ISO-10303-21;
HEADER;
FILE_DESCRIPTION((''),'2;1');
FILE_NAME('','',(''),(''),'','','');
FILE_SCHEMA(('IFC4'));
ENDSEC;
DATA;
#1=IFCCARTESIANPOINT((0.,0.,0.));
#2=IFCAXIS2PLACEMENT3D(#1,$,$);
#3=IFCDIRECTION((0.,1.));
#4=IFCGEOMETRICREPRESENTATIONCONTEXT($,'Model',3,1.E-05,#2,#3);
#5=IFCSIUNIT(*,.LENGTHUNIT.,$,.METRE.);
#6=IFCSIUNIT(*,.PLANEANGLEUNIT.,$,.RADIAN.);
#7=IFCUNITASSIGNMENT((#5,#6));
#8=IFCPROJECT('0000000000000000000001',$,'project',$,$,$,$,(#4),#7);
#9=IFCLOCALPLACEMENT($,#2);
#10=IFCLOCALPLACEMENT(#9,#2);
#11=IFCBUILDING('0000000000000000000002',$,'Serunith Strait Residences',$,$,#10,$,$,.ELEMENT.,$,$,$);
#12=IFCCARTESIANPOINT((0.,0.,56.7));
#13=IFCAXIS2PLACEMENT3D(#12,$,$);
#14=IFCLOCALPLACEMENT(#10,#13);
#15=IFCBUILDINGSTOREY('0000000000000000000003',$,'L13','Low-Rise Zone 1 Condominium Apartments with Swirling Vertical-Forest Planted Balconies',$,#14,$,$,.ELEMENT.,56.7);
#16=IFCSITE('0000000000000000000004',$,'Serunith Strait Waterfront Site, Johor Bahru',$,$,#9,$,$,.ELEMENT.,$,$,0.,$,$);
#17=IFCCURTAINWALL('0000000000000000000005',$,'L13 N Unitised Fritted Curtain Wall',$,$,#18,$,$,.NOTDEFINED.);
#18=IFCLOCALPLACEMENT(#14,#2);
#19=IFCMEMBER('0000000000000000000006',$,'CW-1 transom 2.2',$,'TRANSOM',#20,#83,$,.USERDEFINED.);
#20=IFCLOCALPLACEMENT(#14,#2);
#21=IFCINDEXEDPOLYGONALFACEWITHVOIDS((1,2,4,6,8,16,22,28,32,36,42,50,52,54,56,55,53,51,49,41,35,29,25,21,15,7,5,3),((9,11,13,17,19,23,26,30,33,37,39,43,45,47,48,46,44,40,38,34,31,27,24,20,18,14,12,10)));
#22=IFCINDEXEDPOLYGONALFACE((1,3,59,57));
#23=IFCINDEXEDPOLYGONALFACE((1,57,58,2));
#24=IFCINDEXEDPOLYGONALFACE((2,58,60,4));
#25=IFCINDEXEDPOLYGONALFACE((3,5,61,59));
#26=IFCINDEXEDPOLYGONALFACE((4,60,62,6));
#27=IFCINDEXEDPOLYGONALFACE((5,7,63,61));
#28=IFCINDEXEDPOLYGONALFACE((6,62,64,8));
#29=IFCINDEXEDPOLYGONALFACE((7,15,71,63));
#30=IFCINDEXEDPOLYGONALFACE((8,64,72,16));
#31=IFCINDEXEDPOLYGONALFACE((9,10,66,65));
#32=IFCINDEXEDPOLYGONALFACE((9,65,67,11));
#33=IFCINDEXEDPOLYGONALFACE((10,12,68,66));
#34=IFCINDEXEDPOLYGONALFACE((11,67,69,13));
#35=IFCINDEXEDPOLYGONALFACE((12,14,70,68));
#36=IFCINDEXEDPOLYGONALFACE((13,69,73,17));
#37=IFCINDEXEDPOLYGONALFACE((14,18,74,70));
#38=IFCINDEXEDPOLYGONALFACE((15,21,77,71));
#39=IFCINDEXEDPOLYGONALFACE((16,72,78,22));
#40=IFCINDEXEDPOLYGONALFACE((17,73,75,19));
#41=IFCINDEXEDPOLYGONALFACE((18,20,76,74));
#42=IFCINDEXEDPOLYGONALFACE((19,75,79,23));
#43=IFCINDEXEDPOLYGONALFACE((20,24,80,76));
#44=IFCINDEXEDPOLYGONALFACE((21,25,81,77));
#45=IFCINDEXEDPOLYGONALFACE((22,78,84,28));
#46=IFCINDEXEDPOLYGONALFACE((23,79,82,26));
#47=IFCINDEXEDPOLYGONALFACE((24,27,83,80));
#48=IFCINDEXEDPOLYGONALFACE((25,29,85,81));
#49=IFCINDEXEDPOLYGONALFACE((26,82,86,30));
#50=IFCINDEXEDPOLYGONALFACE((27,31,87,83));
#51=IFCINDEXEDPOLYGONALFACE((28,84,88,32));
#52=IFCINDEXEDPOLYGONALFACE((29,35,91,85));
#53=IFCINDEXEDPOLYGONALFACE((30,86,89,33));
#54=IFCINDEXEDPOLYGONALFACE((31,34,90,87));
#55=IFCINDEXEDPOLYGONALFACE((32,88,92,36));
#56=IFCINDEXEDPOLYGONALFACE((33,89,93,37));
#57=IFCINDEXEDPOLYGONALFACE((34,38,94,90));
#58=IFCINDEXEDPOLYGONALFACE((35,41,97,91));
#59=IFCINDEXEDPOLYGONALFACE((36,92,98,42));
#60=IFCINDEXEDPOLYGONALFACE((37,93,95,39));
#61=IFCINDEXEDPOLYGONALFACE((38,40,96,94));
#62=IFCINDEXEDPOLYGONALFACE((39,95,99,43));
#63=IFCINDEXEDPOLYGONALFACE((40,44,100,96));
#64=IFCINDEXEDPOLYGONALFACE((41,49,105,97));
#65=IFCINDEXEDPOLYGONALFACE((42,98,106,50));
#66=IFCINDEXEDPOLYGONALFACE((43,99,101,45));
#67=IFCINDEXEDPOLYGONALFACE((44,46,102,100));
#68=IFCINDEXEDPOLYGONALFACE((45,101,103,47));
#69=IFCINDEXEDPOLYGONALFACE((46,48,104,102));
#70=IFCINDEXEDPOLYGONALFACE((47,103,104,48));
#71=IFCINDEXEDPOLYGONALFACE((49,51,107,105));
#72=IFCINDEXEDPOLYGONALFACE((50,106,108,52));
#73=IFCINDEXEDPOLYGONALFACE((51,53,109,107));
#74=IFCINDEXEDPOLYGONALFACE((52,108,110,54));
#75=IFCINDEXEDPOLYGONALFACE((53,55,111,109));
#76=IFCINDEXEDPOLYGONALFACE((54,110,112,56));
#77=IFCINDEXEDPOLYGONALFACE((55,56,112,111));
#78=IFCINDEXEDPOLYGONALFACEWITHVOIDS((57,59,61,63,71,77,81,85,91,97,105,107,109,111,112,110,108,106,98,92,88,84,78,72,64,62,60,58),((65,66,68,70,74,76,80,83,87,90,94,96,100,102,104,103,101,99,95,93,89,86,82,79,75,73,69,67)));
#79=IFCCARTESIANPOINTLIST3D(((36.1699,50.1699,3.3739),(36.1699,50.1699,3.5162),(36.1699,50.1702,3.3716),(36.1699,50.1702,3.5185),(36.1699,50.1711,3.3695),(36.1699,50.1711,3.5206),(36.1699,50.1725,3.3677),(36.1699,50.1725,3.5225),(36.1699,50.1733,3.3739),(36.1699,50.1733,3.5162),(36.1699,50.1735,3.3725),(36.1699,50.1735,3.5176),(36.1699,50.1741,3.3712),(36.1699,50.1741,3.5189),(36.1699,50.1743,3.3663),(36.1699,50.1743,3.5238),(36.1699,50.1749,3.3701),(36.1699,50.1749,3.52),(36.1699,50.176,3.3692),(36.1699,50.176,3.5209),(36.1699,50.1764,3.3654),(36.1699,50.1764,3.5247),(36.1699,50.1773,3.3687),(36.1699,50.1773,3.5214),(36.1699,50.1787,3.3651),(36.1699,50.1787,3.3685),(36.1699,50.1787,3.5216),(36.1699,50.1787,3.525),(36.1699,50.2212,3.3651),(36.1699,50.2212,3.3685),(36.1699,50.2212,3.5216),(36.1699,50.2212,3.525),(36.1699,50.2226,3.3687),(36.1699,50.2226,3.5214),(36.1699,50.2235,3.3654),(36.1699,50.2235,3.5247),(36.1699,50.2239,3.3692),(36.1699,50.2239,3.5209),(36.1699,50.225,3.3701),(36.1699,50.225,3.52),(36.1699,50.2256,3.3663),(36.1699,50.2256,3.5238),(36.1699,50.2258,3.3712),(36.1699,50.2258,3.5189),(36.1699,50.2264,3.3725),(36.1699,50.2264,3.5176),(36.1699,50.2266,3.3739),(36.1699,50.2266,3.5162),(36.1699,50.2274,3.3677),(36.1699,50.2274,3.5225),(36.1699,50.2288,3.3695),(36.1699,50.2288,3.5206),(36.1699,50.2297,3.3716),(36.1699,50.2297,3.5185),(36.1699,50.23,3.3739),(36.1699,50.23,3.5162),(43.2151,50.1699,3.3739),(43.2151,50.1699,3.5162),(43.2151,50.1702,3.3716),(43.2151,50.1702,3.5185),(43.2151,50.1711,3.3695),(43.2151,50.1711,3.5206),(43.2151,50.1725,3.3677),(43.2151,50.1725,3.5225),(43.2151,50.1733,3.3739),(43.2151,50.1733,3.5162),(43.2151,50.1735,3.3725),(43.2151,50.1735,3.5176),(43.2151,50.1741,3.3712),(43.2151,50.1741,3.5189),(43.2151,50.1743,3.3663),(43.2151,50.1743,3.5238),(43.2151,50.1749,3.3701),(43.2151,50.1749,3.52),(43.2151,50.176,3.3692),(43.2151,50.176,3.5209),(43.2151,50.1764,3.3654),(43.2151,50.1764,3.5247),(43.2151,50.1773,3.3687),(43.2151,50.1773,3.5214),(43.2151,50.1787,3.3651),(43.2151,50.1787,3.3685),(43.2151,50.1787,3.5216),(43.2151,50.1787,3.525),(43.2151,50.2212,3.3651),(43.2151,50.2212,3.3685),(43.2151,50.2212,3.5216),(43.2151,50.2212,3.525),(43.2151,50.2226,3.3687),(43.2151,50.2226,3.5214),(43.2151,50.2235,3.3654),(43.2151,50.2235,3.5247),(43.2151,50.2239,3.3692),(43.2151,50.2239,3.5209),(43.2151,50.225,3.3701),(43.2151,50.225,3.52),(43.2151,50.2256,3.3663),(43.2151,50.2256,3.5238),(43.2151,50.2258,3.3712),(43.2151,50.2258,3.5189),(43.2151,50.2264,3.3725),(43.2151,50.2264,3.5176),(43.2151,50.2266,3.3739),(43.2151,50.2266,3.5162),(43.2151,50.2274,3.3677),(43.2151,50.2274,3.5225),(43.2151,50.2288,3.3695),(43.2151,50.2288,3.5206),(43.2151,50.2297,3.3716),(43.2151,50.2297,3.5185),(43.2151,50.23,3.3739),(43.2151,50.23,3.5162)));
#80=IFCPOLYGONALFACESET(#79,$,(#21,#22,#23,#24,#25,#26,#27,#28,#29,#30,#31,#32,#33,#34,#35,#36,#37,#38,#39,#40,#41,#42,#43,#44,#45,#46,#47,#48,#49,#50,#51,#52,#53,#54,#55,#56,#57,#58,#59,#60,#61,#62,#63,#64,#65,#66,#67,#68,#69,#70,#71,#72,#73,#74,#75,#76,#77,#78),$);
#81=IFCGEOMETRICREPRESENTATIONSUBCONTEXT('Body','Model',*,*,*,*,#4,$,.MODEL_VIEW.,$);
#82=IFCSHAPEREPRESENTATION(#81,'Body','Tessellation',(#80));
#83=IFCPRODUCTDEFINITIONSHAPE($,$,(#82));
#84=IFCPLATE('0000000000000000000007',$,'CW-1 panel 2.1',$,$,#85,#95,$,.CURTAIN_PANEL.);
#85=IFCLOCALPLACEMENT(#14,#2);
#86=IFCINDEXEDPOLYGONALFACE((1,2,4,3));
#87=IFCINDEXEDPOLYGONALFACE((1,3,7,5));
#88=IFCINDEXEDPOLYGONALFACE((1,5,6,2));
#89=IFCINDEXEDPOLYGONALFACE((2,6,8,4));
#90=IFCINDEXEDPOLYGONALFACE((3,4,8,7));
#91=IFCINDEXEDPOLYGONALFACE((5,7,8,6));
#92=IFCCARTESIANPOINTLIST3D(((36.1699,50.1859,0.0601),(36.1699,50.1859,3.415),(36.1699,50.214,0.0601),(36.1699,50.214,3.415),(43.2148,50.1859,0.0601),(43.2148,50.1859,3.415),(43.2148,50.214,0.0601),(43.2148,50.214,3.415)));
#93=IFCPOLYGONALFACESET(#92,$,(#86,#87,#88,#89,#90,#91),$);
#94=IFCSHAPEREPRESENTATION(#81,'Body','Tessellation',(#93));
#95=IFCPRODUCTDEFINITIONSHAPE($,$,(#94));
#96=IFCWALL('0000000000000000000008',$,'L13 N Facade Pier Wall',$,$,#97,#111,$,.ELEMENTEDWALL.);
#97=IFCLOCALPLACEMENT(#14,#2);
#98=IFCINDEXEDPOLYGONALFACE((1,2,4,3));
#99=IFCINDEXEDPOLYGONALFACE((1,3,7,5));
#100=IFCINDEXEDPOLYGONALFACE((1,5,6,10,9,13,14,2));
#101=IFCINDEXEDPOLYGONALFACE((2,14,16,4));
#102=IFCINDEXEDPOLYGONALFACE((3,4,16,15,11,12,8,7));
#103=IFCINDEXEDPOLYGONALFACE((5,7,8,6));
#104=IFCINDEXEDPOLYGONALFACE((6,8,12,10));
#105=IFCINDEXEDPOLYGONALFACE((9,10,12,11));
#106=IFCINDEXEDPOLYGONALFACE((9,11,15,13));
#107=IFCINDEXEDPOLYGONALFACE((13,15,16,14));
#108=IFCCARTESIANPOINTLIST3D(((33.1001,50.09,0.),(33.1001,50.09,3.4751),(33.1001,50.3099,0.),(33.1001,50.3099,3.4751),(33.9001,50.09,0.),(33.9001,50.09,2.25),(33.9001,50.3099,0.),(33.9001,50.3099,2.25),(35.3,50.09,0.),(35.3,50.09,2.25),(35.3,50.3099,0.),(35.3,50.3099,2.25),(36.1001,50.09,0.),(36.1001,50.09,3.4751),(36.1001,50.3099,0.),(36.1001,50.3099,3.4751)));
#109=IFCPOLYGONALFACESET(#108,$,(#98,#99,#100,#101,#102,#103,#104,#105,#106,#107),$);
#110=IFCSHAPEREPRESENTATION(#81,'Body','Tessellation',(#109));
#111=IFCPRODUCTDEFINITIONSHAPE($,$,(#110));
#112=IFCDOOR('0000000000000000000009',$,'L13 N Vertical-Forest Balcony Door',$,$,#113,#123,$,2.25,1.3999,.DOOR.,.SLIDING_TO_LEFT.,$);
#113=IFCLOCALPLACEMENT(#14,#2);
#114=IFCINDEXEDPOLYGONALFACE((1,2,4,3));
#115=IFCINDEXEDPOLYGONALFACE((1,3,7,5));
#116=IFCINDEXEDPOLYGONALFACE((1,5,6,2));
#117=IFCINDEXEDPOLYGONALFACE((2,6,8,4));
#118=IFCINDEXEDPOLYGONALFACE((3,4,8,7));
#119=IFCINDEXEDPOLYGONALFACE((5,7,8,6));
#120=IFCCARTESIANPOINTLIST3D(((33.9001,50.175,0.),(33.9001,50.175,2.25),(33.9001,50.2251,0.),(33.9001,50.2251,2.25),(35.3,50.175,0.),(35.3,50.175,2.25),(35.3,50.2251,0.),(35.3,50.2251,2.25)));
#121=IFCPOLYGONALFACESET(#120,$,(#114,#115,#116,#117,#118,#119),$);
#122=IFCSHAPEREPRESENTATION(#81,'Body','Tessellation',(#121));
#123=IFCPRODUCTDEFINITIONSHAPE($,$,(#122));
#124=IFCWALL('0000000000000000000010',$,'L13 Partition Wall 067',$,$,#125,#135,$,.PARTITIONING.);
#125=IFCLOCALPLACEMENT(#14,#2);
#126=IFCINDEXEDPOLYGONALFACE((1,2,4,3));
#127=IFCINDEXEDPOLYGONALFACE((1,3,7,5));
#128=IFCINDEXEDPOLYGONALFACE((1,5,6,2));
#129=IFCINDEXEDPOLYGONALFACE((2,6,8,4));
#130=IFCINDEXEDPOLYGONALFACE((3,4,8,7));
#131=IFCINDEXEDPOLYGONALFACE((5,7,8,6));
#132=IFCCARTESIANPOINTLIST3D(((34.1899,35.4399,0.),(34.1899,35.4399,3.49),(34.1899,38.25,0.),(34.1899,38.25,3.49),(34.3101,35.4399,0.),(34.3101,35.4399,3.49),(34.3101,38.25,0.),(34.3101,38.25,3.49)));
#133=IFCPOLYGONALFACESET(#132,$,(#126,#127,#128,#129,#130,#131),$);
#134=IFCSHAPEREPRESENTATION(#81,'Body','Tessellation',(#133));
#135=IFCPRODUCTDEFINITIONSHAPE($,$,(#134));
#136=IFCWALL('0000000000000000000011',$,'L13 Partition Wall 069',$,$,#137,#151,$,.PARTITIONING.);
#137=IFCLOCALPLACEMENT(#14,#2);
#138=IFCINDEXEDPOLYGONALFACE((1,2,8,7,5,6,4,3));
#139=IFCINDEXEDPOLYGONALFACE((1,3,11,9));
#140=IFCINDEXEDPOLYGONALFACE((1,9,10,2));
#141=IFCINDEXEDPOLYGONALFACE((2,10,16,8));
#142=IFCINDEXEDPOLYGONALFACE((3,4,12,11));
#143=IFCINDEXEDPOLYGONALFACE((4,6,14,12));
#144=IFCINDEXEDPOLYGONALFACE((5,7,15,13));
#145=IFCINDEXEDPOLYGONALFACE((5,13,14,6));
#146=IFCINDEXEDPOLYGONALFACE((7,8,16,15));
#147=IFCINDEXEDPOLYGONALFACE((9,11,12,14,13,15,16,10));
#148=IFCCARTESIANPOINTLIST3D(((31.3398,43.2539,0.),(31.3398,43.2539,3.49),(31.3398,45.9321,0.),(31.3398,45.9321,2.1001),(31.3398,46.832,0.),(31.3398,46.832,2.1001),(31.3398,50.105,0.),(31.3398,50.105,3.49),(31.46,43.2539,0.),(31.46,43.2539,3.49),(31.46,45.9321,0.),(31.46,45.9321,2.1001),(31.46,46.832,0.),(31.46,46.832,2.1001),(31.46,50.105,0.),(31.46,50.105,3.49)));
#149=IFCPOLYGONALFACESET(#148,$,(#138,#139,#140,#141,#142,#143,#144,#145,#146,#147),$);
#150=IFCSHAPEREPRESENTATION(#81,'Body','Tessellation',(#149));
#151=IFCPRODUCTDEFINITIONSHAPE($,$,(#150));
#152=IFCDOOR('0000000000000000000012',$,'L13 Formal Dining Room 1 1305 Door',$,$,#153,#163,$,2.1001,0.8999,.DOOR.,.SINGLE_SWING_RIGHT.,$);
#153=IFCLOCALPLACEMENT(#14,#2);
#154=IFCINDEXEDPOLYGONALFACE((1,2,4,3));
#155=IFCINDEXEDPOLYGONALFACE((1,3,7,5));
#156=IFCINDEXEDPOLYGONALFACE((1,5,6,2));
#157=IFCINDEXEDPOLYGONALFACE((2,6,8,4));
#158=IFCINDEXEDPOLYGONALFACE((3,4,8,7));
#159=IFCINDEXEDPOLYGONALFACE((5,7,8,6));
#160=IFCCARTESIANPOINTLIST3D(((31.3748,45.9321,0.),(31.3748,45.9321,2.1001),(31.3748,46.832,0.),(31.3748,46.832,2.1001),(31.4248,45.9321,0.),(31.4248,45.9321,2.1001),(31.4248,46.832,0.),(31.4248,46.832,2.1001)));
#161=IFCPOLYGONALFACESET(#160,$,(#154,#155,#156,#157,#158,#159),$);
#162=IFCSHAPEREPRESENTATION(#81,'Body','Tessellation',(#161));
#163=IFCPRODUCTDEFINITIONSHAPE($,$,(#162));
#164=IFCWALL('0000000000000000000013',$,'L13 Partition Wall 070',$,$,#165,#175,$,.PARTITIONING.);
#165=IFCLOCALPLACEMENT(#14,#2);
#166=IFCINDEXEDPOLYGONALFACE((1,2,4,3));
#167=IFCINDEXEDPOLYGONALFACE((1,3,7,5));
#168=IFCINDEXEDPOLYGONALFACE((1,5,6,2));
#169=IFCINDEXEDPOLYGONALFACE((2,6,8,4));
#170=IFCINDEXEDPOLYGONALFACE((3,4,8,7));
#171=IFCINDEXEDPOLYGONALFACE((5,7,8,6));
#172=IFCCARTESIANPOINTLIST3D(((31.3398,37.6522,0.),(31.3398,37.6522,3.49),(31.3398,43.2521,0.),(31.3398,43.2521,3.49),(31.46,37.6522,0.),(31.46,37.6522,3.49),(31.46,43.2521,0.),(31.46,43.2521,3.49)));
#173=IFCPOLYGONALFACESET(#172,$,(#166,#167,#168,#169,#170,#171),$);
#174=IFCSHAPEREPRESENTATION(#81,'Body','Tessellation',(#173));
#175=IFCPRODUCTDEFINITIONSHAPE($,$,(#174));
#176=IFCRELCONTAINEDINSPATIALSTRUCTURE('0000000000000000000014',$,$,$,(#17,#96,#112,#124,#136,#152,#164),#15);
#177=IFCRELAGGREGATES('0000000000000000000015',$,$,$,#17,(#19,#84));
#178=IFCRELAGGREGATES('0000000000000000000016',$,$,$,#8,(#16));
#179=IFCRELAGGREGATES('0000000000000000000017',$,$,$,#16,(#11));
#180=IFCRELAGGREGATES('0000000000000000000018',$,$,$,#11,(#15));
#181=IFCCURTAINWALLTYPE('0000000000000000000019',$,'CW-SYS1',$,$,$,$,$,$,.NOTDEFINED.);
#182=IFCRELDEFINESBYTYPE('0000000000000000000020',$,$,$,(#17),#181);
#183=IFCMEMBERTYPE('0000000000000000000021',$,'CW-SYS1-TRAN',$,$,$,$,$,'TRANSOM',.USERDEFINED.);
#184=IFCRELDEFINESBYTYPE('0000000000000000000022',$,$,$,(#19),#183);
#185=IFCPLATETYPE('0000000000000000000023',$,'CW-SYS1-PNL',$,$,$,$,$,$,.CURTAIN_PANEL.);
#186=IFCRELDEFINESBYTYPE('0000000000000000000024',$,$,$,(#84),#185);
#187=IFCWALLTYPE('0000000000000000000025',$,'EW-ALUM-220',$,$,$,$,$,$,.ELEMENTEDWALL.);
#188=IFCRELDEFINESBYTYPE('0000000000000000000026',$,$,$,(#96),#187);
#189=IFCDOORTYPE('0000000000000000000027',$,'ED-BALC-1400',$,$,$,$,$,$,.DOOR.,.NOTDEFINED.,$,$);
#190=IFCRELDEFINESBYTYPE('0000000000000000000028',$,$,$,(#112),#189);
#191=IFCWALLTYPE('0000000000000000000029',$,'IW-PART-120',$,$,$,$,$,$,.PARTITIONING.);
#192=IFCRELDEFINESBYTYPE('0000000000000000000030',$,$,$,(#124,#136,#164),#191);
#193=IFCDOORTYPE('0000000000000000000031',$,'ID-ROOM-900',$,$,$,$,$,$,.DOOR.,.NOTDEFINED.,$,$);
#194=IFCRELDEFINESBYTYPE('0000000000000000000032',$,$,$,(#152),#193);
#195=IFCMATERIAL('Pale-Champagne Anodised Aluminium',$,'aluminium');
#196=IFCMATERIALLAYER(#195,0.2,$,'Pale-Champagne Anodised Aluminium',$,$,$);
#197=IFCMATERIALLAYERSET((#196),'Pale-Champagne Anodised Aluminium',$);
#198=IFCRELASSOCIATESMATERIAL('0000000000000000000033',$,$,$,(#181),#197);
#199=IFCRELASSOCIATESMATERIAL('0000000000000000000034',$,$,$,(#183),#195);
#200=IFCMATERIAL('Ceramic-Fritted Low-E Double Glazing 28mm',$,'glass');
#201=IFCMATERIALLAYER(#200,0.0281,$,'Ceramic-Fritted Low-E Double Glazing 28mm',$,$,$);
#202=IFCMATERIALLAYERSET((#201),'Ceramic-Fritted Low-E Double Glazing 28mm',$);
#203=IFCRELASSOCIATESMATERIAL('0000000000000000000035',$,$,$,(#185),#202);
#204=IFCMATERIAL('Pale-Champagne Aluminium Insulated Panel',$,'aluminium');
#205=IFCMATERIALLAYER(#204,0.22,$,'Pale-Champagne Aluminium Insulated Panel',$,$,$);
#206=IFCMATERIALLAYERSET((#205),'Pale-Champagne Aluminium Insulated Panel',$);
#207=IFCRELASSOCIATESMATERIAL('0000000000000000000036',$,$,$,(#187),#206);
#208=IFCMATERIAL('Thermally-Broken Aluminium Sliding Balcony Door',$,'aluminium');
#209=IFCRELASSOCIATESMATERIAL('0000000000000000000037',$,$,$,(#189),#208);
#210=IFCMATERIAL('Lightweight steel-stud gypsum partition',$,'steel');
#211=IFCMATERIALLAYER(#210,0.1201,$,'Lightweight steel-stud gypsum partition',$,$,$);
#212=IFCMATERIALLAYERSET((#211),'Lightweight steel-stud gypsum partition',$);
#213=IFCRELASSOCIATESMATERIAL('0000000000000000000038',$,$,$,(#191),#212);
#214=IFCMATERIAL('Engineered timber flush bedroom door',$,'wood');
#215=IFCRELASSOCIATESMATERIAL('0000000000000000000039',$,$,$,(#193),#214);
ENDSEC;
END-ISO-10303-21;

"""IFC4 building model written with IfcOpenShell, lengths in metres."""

from ifc_helpers import new_model, si_unit, direction, frame, frame_2d, origin, origin_2d, place, context, subcontext, project, spatial, rectangle, hollow_rectangle, extrude, source, transform, mapped, material, layer, layer_set, material_profile, profile_set, type_object, element, fill, aggregate, save


model = new_model("IFC4")

# Units and contexts
model_context = context("Model", 3, precision=1e-05, world=origin(), true_north=direction((0.0, 1.0)))
body_context = subcontext(model_context, "Body", "Model", "MODEL_VIEW")
ifc_project = project(units=[si_unit("LENGTHUNIT", "METRE"), si_unit("PLANEANGLEUNIT", "RADIAN")], contexts=[model_context])

# Site, building, storey
site_placement = place(None, origin())
site = spatial("IfcSite", under=ifc_project, at=site_placement, Name="Serunith Strait Waterfront Site, Johor Bahru", CompositionType="ELEMENT", RefElevation=0.0)
building_placement = place(site_placement, origin())
building = spatial("IfcBuilding", under=site, at=building_placement, Name="Serunith Strait Residences", CompositionType="ELEMENT")
storey_placement = place(building_placement, frame((0.0, 0.0, 56.7)))
storey = spatial("IfcBuildingStorey", under=building, at=storey_placement, Name="L13", Description="Low-Rise Zone 1 Condominium Apartments with Swirling Vertical-Forest Planted Balconies", CompositionType="ELEMENT", Elevation=56.7)

# Curtain wall
ifc_material_1 = material(Name="Pale-Champagne Anodised Aluminium", Category="aluminium")
ifc_layer_1 = layer(ifc_material_1, 0.2, Name="Pale-Champagne Anodised Aluminium")
ifc_layer_set_1 = layer_set([ifc_layer_1], Name="Pale-Champagne Anodised Aluminium")
curtain_wall_type = type_object("IfcCurtainWallType", Name="CW-SYS1", PredefinedType="NOTDEFINED", material=ifc_layer_set_1)
curtain_wall_1_placement = place(storey_placement, origin())
curtain_wall_1 = element("IfcCurtainWall", 1, at=curtain_wall_1_placement, inside=storey, type_object=curtain_wall_type, Name="L13 N Unitised Fritted Curtain Wall", PredefinedType="NOTDEFINED")
ifc_material_profile_1 = material_profile(ifc_material_1, hollow_rectangle(XDim=0.0601, YDim=0.1599, WallThickness=0.0034, InnerFilletRadius=0.0054, OuterFilletRadius=0.0088, at=origin_2d()), Name="ALU 160x60x3.5")
ifc_profile_set_1 = profile_set([ifc_material_profile_1], Name="Pale-Champagne Anodised Aluminium")
member_type_1 = type_object("IfcMemberType", Name="CW-SYS1-TRAN", ElementType="TRANSOM", PredefinedType="USERDEFINED", material=ifc_profile_set_1)

# Member
shared_shape_1 = source(origin(), body_context, "Body", "SweptSolid", [
    extrude(hollow_rectangle(XDim=0.0601, YDim=0.1599, WallThickness=0.0034, InnerFilletRadius=0.0054, OuterFilletRadius=0.0088, at=origin_2d()), origin(), (0.0, 0.0, 1.0), 7.0452),
])
member_1_placement = place(storey_placement, frame((43.2151, 50.2, 3.4451), z_axis=(-1.0, 0.0, 0.0), x_axis=(0.0, -1.0, 0.0)))
member_1 = element("IfcMember", 2, at=member_1_placement, type_object=member_type_1, Name="CW-1 transom 2.2", ObjectType="TRANSOM", PredefinedType="USERDEFINED", context=body_context, shape_type="MappedRepresentation", body=[
    mapped(shared_shape_1, transform((0.0, 0.0, 0.0), scale=1.0)),
])

# Plate
ifc_material_2 = material(Name="Ceramic-Fritted Low-E Double Glazing 28mm", Category="glass")
ifc_layer_2 = layer(ifc_material_2, 0.0281, Name="Ceramic-Fritted Low-E Double Glazing 28mm")
ifc_layer_set_2 = layer_set([ifc_layer_2], Name="Ceramic-Fritted Low-E Double Glazing 28mm")
plate_type = type_object("IfcPlateType", Name="CW-SYS1-PNL", PredefinedType="CURTAIN_PANEL", material=ifc_layer_set_2)
shared_shape_2 = source(origin(), body_context, "Body", "SweptSolid", [
    extrude(rectangle(XDim=7.0449, YDim=0.0281, at=origin_2d()), origin(), (0.0, 0.0, 1.0), 3.355),
])
plate_placement = place(storey_placement, frame((39.6924, 50.2, 0.0601), z_axis=(0.0, 0.0, 1.0), x_axis=(-1.0, 0.0, 0.0)))
plate = element("IfcPlate", 3, at=plate_placement, type_object=plate_type, Name="CW-1 panel 2.1", PredefinedType="CURTAIN_PANEL", context=body_context, shape_type="MappedRepresentation", body=[
    mapped(shared_shape_2, transform((0.0, 0.0, 0.0), scale=1.0)),
])
aggregate(curtain_wall_1, [member_1, plate])

# Wall, opening, door
ifc_material_3 = material(Name="Pale-Champagne Aluminium Insulated Panel", Category="aluminium")
ifc_layer_3 = layer(ifc_material_3, 0.22, Name="Pale-Champagne Aluminium Insulated Panel")
ifc_layer_set_3 = layer_set([ifc_layer_3], Name="Pale-Champagne Aluminium Insulated Panel")
wall_type_1 = type_object("IfcWallType", Name="EW-ALUM-220", PredefinedType="ELEMENTEDWALL", material=ifc_layer_set_3)
wall_1_placement = place(storey_placement, frame((36.1001, 50.2, 0.0), z_axis=(0.0, 0.0, 1.0), x_axis=(-1.0, 0.0, 0.0)))
wall_1 = element("IfcWall", 4, at=wall_1_placement, inside=storey, type_object=wall_type_1, Name="L13 N Facade Pier Wall", PredefinedType="ELEMENTEDWALL", context=body_context, shape_type="SweptSolid", body=[
    extrude(rectangle(XDim=3.0, YDim=0.22, at=frame_2d((1.5, 0.0))), origin(), (0.0, 0.0, 1.0), 3.4751),
])
opening_1_placement = place(wall_1_placement, frame((0.8, 0.0, 0.0)))
opening_1 = element("IfcOpeningElement", 5, at=opening_1_placement, cuts=wall_1, PredefinedType="OPENING", context=body_context, shape_type="SweptSolid", body=[
    extrude(rectangle(XDim=1.3999, YDim=2.25, at=frame_2d((0.7, 1.125))), frame((0.0, 0.1201, 0.0), z_axis=(0.0, -1.0, 0.0), x_axis=(1.0, 0.0, 0.0)), (0.0, 0.0, 1.0), 0.24),
])
ifc_material_4 = material(Name="Thermally-Broken Aluminium Sliding Balcony Door", Category="aluminium")
door_type_1 = type_object("IfcDoorType", Name="ED-BALC-1400", OperationType="NOTDEFINED", PredefinedType="DOOR", material=ifc_material_4)
shared_shape_3 = source(origin(), body_context, "Body", "SweptSolid", [
    extrude(rectangle(XDim=1.3999, YDim=2.25, at=frame_2d((0.7, 1.125))), frame((0.0, 0.0249, 0.0), z_axis=(0.0, -1.0, 0.0), x_axis=(1.0, 0.0, 0.0)), (0.0, 0.0, 1.0), 0.05),
])
door_1_placement = place(opening_1_placement, origin())
door_1 = element("IfcDoor", 6, at=door_1_placement, inside=storey, type_object=door_type_1, Name="L13 N Vertical-Forest Balcony Door", OperationType="SLIDING_TO_LEFT", OverallHeight=2.25, OverallWidth=1.3999, PredefinedType="DOOR", context=body_context, shape_type="MappedRepresentation", body=[
    mapped(shared_shape_3, transform((0.0, 0.0, 0.0), scale=1.0)),
])
fill(opening_1, door_1)

# Wall
ifc_material_5 = material(Name="Lightweight steel-stud gypsum partition", Category="steel")
ifc_layer_4 = layer(ifc_material_5, 0.1201, Name="Lightweight steel-stud gypsum partition")
ifc_layer_set_4 = layer_set([ifc_layer_4], Name="Lightweight steel-stud gypsum partition")
wall_type_2 = type_object("IfcWallType", Name="IW-PART-120", PredefinedType="PARTITIONING", material=ifc_layer_set_4)
wall_2_placement = place(storey_placement, frame((34.25, 38.25, 0.0), z_axis=(0.0, 0.0, 1.0), x_axis=(0.0, -1.0, 0.0)))
element("IfcWall", 7, at=wall_2_placement, inside=storey, type_object=wall_type_2, Name="L13 Partition Wall 067", PredefinedType="PARTITIONING", context=body_context, shape_type="SweptSolid", body=[
    extrude(rectangle(XDim=2.8101, YDim=0.1201, at=frame_2d((1.405, 0.0))), origin(), (0.0, 0.0, 1.0), 3.49),
])

# Wall, opening, door
wall_3_placement = place(storey_placement, frame((31.3999, 50.105, 0.0), z_axis=(0.0, 0.0, 1.0), x_axis=(0.0, -1.0, 0.0)))
wall_3 = element("IfcWall", 8, at=wall_3_placement, inside=storey, type_object=wall_type_2, Name="L13 Partition Wall 069", PredefinedType="PARTITIONING", context=body_context, shape_type="SweptSolid", body=[
    extrude(rectangle(XDim=6.8511, YDim=0.1201, at=frame_2d((3.4255, 0.0))), origin(), (0.0, 0.0, 1.0), 3.49),
])
opening_2_placement = place(wall_3_placement, frame((3.2729, 0.0, 0.0)))
opening_2 = element("IfcOpeningElement", 9, at=opening_2_placement, cuts=wall_3, PredefinedType="OPENING", context=body_context, shape_type="SweptSolid", body=[
    extrude(rectangle(XDim=0.8999, YDim=2.1001, at=frame_2d((0.45, 1.05))), frame((0.0, 0.0701, 0.0), z_axis=(0.0, -1.0, 0.0), x_axis=(1.0, 0.0, 0.0)), (0.0, 0.0, 1.0), 0.1401),
])
ifc_material_6 = material(Name="Engineered timber flush bedroom door", Category="wood")
door_type_2 = type_object("IfcDoorType", Name="ID-ROOM-900", OperationType="NOTDEFINED", PredefinedType="DOOR", material=ifc_material_6)
shared_shape_4 = source(origin(), body_context, "Body", "SweptSolid", [
    extrude(rectangle(XDim=0.8999, YDim=2.1001, at=frame_2d((0.45, 1.05))), frame((0.0, 0.0249, 0.0), z_axis=(0.0, -1.0, 0.0), x_axis=(1.0, 0.0, 0.0)), (0.0, 0.0, 1.0), 0.05),
])
door_2_placement = place(opening_2_placement, origin())
door_2 = element("IfcDoor", 10, at=door_2_placement, inside=storey, type_object=door_type_2, Name="L13 Formal Dining Room 1 1305 Door", OperationType="SINGLE_SWING_RIGHT", OverallHeight=2.1001, OverallWidth=0.8999, PredefinedType="DOOR", context=body_context, shape_type="MappedRepresentation", body=[
    mapped(shared_shape_4, transform((0.0, 0.0, 0.0), scale=1.0)),
])
fill(opening_2, door_2)

# Wall
wall_4_placement = place(storey_placement, frame((31.3999, 43.252, 0.0), z_axis=(0.0, 0.0, 1.0), x_axis=(0.0, -1.0, 0.0)))
element("IfcWall", 11, at=wall_4_placement, inside=storey, type_object=wall_type_2, Name="L13 Partition Wall 070", PredefinedType="PARTITIONING", context=body_context, shape_type="SweptSolid", body=[
    extrude(rectangle(XDim=5.5999, YDim=0.1201, at=frame_2d((2.7998, 0.0))), origin(), (0.0, 0.0, 1.0), 3.49),
])

save(model, "model.ifc")
